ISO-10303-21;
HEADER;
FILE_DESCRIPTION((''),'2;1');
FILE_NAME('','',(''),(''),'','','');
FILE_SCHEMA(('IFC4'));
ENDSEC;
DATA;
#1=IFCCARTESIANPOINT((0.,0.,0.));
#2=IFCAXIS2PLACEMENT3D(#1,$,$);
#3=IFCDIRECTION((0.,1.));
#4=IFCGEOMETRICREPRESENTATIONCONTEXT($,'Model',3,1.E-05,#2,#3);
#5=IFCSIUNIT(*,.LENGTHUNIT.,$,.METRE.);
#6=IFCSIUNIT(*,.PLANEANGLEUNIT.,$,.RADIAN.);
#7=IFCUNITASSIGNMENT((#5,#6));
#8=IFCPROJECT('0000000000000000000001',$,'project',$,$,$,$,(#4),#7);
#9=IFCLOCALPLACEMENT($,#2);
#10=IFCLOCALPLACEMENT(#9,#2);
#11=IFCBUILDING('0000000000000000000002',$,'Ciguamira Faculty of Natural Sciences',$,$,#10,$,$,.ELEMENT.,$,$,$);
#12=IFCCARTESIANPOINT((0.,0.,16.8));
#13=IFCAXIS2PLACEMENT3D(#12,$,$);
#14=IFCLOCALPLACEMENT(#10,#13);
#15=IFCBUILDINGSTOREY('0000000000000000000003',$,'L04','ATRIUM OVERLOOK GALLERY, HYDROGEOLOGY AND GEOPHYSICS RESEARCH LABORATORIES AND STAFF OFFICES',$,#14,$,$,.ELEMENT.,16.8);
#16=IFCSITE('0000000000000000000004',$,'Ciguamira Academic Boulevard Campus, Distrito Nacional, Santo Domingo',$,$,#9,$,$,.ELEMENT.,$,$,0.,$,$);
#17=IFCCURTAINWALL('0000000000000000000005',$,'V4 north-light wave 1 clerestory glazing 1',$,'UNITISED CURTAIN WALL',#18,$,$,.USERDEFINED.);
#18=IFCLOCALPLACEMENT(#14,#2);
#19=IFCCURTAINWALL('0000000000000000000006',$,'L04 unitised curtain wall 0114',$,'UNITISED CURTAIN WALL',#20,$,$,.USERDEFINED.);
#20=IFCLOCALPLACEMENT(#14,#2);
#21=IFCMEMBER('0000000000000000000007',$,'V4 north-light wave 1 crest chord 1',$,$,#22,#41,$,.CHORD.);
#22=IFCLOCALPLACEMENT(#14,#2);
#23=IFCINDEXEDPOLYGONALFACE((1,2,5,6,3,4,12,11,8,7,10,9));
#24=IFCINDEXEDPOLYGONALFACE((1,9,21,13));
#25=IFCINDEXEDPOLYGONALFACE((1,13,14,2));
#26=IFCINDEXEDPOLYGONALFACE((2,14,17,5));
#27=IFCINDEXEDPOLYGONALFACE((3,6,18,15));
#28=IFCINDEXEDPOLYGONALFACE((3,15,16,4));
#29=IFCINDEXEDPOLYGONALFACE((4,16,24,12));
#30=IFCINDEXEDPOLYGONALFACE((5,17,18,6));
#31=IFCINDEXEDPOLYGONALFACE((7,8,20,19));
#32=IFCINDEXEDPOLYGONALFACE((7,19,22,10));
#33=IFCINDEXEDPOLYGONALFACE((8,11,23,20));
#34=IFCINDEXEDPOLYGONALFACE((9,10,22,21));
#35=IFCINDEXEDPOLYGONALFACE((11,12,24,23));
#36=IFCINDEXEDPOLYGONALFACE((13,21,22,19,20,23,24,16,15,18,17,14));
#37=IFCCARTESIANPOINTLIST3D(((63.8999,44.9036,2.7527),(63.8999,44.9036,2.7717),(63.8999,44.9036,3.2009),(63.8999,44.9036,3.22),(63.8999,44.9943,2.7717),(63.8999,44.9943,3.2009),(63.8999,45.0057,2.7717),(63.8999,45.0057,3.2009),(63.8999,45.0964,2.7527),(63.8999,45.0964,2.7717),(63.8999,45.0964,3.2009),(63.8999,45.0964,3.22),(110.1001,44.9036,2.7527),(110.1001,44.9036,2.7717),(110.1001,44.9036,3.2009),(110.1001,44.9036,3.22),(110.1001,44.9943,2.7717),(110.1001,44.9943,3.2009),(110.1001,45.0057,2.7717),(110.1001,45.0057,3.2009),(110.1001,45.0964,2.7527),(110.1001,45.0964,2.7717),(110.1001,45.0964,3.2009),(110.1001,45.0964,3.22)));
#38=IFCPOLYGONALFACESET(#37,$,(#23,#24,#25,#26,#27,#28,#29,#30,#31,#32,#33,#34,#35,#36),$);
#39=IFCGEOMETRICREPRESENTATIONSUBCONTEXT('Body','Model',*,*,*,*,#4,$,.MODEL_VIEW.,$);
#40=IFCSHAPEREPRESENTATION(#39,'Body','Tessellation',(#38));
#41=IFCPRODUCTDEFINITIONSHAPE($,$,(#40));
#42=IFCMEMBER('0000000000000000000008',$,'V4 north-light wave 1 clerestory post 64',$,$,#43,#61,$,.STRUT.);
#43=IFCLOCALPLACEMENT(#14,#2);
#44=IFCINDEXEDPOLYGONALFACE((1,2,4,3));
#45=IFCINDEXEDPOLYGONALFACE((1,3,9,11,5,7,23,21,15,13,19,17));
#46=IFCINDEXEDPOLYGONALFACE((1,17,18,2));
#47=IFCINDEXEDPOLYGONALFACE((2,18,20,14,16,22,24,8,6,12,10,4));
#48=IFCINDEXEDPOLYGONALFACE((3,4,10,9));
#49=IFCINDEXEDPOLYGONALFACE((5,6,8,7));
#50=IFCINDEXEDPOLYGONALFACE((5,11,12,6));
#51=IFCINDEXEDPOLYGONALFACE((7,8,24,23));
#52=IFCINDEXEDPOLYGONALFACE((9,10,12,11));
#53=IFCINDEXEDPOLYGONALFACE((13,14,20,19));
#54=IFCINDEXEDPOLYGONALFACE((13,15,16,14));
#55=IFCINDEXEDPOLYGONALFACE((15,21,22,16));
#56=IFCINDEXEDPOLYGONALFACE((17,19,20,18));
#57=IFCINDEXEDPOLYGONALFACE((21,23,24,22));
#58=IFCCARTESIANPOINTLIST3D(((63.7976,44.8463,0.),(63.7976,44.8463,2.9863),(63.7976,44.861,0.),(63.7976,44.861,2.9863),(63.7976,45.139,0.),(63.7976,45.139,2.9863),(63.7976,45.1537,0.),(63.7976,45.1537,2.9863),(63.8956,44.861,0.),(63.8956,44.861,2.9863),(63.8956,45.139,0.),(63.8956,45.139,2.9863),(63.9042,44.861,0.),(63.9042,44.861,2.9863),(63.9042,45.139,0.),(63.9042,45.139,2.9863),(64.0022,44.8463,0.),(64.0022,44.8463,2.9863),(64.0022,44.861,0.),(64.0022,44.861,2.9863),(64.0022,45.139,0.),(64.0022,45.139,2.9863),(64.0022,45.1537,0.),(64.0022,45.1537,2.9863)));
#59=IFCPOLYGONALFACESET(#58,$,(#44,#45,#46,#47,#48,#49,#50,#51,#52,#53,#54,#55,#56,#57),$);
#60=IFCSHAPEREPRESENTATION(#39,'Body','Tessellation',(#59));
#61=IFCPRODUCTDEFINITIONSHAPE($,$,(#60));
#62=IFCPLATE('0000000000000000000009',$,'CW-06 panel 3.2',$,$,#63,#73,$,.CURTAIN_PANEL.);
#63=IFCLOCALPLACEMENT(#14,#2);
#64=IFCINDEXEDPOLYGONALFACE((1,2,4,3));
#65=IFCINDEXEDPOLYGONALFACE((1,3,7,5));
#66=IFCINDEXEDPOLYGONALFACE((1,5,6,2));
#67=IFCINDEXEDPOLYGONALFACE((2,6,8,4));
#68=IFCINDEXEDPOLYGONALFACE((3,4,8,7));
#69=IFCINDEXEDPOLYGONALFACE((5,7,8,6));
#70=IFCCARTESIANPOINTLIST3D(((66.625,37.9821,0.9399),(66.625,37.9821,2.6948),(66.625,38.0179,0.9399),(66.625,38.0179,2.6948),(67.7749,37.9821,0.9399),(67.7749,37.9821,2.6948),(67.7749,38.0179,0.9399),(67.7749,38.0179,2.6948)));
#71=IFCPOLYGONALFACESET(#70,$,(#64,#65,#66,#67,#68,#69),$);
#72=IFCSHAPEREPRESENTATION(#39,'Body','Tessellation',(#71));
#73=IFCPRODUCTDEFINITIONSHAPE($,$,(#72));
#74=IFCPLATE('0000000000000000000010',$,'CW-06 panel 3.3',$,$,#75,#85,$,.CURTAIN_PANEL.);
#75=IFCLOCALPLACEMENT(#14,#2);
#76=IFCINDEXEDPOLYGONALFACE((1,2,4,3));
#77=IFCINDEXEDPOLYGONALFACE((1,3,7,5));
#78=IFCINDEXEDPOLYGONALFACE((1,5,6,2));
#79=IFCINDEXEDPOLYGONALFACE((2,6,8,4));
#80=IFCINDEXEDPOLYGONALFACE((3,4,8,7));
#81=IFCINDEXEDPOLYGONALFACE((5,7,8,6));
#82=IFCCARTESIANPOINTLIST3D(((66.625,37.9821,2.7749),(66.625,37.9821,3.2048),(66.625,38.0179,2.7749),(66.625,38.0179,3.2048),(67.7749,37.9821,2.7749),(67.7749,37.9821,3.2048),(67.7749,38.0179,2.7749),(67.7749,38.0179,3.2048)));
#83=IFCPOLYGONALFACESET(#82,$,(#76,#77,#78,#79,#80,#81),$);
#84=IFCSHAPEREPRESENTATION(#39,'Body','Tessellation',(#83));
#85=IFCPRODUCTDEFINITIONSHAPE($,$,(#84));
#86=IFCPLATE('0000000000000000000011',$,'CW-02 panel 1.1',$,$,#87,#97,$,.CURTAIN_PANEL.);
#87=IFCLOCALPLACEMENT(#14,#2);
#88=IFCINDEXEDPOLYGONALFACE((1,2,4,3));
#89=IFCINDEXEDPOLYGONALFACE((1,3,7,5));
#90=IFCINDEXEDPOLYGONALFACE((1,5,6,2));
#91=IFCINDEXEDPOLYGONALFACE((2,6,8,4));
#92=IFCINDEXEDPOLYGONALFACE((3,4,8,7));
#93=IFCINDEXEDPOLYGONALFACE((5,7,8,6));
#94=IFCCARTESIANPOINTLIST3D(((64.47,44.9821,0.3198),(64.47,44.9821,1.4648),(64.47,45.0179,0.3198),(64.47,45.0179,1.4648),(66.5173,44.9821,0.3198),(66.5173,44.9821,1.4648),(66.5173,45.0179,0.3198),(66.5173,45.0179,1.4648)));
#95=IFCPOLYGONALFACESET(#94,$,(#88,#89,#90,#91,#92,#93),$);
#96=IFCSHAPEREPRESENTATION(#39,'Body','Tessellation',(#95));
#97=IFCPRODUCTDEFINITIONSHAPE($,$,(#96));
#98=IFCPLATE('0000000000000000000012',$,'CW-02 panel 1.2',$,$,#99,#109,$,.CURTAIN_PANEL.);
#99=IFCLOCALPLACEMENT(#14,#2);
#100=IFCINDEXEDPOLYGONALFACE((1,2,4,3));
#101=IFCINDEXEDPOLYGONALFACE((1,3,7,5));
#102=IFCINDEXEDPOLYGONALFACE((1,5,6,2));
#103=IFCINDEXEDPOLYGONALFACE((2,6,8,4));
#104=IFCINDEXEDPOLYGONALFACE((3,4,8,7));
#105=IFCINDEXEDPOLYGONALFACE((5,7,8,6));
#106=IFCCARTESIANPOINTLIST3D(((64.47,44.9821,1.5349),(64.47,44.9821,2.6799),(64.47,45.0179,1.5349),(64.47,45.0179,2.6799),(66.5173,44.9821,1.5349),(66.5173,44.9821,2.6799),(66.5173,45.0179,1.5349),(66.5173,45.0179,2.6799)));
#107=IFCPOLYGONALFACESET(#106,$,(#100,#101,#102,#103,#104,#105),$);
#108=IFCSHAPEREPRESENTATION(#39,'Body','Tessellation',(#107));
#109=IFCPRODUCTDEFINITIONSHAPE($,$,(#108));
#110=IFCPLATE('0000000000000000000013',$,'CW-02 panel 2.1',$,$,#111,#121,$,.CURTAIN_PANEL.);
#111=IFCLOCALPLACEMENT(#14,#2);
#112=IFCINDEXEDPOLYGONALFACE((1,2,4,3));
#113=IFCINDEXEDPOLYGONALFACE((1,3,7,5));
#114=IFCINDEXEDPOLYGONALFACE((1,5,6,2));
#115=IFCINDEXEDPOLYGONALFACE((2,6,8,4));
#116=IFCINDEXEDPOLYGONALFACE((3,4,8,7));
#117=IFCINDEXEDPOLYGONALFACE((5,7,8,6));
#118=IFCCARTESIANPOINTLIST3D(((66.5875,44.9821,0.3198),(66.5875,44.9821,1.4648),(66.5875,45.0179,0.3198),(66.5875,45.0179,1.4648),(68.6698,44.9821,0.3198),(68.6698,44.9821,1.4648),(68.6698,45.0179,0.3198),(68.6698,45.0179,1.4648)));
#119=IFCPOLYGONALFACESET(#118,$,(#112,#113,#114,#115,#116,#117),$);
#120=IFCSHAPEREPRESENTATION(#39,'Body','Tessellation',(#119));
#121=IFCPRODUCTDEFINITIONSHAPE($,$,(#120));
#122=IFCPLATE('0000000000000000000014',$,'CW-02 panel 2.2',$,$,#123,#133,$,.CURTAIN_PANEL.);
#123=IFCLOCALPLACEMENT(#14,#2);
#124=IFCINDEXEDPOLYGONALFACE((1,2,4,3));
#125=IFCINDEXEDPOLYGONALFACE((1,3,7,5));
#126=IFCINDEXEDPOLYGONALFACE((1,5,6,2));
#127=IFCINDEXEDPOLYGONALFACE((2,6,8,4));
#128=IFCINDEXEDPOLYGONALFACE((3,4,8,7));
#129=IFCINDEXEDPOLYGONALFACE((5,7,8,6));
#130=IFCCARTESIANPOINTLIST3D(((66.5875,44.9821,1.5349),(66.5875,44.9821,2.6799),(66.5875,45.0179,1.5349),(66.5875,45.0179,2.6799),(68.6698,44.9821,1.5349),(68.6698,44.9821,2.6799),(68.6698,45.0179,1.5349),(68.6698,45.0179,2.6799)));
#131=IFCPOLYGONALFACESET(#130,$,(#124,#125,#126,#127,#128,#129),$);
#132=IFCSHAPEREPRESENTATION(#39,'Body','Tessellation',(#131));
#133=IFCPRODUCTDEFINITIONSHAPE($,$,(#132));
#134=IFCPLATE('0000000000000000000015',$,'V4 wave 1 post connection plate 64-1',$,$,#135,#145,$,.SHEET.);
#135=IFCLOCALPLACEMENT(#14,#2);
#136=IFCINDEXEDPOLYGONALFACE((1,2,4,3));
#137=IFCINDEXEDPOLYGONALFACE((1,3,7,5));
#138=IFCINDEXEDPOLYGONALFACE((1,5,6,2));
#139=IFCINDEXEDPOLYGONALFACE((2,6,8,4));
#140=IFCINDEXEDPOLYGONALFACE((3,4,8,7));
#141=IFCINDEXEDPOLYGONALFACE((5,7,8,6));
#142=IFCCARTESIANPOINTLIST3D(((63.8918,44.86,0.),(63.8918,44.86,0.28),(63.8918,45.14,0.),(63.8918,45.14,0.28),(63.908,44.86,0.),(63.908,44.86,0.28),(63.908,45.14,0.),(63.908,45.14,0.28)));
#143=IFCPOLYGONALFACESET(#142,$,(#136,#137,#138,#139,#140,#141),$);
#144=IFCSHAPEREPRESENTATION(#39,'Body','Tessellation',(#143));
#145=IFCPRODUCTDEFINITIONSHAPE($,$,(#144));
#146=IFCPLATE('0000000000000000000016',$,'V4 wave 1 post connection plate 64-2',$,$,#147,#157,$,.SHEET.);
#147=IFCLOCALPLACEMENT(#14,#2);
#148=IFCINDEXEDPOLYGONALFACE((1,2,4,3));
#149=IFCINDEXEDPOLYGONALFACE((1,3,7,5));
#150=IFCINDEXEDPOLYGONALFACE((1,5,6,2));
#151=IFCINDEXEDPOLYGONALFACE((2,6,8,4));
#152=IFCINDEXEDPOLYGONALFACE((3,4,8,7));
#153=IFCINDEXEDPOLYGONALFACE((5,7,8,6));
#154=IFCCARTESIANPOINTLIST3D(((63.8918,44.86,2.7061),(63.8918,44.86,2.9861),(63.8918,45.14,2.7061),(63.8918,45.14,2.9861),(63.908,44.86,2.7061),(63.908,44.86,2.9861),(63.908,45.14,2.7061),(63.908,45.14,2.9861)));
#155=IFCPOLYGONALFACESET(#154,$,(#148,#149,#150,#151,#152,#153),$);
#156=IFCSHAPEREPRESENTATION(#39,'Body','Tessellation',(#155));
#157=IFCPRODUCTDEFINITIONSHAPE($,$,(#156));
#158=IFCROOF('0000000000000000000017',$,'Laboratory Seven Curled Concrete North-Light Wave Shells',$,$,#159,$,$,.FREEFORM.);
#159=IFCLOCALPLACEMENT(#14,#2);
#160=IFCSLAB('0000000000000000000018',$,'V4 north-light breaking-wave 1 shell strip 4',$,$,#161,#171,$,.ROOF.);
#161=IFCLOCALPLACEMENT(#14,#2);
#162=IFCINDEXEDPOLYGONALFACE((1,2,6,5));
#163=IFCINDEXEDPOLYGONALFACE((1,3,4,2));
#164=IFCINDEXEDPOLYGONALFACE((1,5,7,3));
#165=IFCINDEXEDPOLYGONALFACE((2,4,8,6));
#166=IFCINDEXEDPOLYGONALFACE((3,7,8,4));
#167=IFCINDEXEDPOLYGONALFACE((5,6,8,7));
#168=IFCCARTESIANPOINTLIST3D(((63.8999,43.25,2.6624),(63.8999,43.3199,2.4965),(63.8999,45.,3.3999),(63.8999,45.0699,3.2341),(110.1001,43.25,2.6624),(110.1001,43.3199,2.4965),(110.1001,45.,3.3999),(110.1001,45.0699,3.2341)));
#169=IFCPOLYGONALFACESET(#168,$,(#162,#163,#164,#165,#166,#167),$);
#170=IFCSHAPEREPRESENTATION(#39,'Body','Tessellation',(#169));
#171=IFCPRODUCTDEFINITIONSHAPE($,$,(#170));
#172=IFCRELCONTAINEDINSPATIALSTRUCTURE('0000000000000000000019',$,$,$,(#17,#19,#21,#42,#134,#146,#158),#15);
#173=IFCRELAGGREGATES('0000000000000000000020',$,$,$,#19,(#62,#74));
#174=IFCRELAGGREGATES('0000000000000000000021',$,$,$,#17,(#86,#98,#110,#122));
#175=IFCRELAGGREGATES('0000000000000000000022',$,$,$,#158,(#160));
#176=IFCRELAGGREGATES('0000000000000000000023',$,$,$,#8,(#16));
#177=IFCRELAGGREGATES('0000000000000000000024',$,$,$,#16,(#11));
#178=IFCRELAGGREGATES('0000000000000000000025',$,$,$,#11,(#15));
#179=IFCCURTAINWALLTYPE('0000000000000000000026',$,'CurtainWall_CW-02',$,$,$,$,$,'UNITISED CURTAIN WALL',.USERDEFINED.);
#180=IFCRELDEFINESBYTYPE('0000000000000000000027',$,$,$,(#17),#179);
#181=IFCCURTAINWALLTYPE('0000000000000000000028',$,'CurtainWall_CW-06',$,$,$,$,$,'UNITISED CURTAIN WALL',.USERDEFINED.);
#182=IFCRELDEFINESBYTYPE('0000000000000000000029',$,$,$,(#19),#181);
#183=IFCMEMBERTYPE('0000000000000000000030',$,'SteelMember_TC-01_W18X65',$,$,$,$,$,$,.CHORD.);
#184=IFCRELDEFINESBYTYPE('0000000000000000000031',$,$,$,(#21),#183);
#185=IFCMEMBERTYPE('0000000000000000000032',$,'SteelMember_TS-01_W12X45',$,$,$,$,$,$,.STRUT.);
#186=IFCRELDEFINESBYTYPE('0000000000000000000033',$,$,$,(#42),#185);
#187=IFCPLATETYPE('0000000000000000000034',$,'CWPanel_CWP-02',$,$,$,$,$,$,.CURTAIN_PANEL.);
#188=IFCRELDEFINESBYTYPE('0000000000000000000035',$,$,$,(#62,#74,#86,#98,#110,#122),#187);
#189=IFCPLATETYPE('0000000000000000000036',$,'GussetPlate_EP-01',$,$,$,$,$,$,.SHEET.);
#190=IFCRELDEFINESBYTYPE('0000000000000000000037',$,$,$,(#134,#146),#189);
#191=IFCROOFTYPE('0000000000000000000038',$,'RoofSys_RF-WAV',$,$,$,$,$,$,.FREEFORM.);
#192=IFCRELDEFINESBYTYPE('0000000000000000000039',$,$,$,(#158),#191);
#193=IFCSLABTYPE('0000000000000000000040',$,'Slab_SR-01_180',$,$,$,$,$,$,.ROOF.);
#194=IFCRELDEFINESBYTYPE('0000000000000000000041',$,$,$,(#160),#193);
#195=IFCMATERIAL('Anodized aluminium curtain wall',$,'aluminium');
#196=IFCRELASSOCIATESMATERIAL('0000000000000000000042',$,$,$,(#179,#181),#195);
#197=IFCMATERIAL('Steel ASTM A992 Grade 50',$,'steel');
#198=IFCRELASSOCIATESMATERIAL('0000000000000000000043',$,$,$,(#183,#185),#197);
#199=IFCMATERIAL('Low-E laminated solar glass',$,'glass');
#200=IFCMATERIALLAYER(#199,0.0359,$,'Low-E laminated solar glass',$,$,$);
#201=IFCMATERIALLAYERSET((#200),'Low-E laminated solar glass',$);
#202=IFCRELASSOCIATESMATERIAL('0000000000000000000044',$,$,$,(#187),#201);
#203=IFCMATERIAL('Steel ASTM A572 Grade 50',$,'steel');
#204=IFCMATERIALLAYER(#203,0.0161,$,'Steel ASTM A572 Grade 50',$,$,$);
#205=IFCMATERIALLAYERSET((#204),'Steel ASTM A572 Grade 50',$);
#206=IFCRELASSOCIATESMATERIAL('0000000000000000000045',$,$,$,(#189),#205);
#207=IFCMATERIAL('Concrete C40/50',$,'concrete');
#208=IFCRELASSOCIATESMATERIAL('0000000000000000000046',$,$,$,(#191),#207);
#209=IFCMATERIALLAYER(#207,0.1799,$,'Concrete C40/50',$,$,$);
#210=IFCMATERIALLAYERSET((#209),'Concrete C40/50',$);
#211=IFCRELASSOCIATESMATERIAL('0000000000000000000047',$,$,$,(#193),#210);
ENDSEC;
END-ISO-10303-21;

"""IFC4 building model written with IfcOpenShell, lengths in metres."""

from ifc_helpers import new_model, si_unit, direction, frame, origin, origin_2d, place, context, subcontext, project, spatial, polyline, rectangle, i_section, outline, extrude, material, layer, layer_set, material_profile, profile_set, type_object, element, aggregate, save


model = new_model("IFC4")

# Units and contexts
model_context = context("Model", 3, precision=1e-05, world=origin(), true_north=direction((0.0, 1.0)))
body_context = subcontext(model_context, "Body", "Model", "MODEL_VIEW")
ifc_project = project(units=[si_unit("LENGTHUNIT", "METRE"), si_unit("PLANEANGLEUNIT", "RADIAN")], contexts=[model_context])

# Site, building, storey
site_placement = place(None, origin())
site = spatial("IfcSite", under=ifc_project, at=site_placement, Name="Ciguamira Academic Boulevard Campus, Distrito Nacional, Santo Domingo", CompositionType="ELEMENT", RefElevation=0.0)
building_placement = place(site_placement, origin())
building = spatial("IfcBuilding", under=site, at=building_placement, Name="Ciguamira Faculty of Natural Sciences", CompositionType="ELEMENT")
storey_placement = place(building_placement, frame((0.0, 0.0, 16.8)))
storey = spatial("IfcBuildingStorey", under=building, at=storey_placement, Name="L04", Description="ATRIUM OVERLOOK GALLERY, HYDROGEOLOGY AND GEOPHYSICS RESEARCH LABORATORIES AND STAFF OFFICES", CompositionType="ELEMENT", Elevation=16.8)

# Curtain wall
ifc_material_1 = material(Name="Anodized aluminium curtain wall", Category="aluminium")
curtain_wall_type_1 = type_object("IfcCurtainWallType", Name="CurtainWall_CW-02", ElementType="UNITISED CURTAIN WALL", PredefinedType="USERDEFINED", material=ifc_material_1)
curtain_wall_1_placement = place(storey_placement, origin())
curtain_wall_1 = element("IfcCurtainWall", 1, at=curtain_wall_1_placement, inside=storey, type_object=curtain_wall_type_1, Name="V4 north-light wave 1 clerestory glazing 1", ObjectType="UNITISED CURTAIN WALL", PredefinedType="USERDEFINED")

# Curtain wall
curtain_wall_type_2 = type_object("IfcCurtainWallType", Name="CurtainWall_CW-06", ElementType="UNITISED CURTAIN WALL", PredefinedType="USERDEFINED", material=ifc_material_1)
curtain_wall_2_placement = place(storey_placement, origin())
curtain_wall_2 = element("IfcCurtainWall", 2, at=curtain_wall_2_placement, inside=storey, type_object=curtain_wall_type_2, Name="L04 unitised curtain wall 0114", ObjectType="UNITISED CURTAIN WALL", PredefinedType="USERDEFINED")

# Shared definitions
ifc_material_2 = material(Name="Concrete C40/50", Category="concrete")

# Members
ifc_material_3 = material(Name="Steel ASTM A992 Grade 50", Category="steel")
ifc_material_profile_1 = material_profile(ifc_material_3, i_section(OverallWidth=0.1929, OverallDepth=0.4673, WebThickness=0.0115, FlangeThickness=0.019, at=origin_2d()), Name="W18X65")
ifc_profile_set_1 = profile_set([ifc_material_profile_1], Name="Steel ASTM A992 Grade 50")
member_type_1 = type_object("IfcMemberType", Name="SteelMember_TC-01_W18X65", PredefinedType="CHORD", material=ifc_profile_set_1)
member_1_placement = place(storey_placement, frame((63.8999, 45.0, 2.9863), z_axis=(1.0, 0.0, 0.0), x_axis=(0.0, 1.0, 0.0)))
element("IfcMember", 3, at=member_1_placement, inside=storey, type_object=member_type_1, Name="V4 north-light wave 1 crest chord 1", PredefinedType="CHORD", context=body_context, shape_type="SweptSolid", body=[
    extrude(i_section(OverallWidth=0.1929, OverallDepth=0.4673, WebThickness=0.0115, FlangeThickness=0.019, at=origin_2d()), origin(), (0.0, 0.0, 1.0), 46.2002),
])
ifc_material_profile_2 = material_profile(ifc_material_3, i_section(OverallWidth=0.2046, OverallDepth=0.3074, WebThickness=0.0085, FlangeThickness=0.0146, at=origin_2d()), Name="W12X45")
ifc_profile_set_2 = profile_set([ifc_material_profile_2], Name="Steel ASTM A992 Grade 50")
member_type_2 = type_object("IfcMemberType", Name="SteelMember_TS-01_W12X45", PredefinedType="STRUT", material=ifc_profile_set_2)
member_2_placement = place(storey_placement, frame((63.8999, 45.0, 0.0), z_axis=(0.0, 0.0, 1.0), x_axis=(1.0, 0.0, 0.0)))
element("IfcMember", 4, at=member_2_placement, inside=storey, type_object=member_type_2, Name="V4 north-light wave 1 clerestory post 64", PredefinedType="STRUT", context=body_context, shape_type="SweptSolid", body=[
    extrude(i_section(OverallWidth=0.2046, OverallDepth=0.3074, WebThickness=0.0085, FlangeThickness=0.0146, at=origin_2d()), origin(), (0.0, 0.0, 1.0), 2.9863),
])

# Plates
ifc_material_4 = material(Name="Low-E laminated solar glass", Category="glass")
ifc_layer_1 = layer(ifc_material_4, 0.0359, Name="Low-E laminated solar glass")
ifc_layer_set_1 = layer_set([ifc_layer_1], Name="Low-E laminated solar glass")
plate_type_1 = type_object("IfcPlateType", Name="CWPanel_CWP-02", PredefinedType="CURTAIN_PANEL", material=ifc_layer_set_1)
plate_1_placement = place(storey_placement, frame((67.2, 38.0, 0.9399), z_axis=(0.0, 0.0, 1.0), x_axis=(1.0, 0.0, 0.0)))
plate_1 = element("IfcPlate", 5, at=plate_1_placement, type_object=plate_type_1, Name="CW-06 panel 3.2", PredefinedType="CURTAIN_PANEL", context=body_context, shape_type="SweptSolid", body=[
    extrude(rectangle(XDim=1.1499, YDim=0.0359, at=origin_2d()), origin(), (0.0, 0.0, 1.0), 1.7549),
])
plate_2_placement = place(storey_placement, frame((67.2, 38.0, 2.7749), z_axis=(0.0, 0.0, 1.0), x_axis=(1.0, 0.0, 0.0)))
plate_2 = element("IfcPlate", 6, at=plate_2_placement, type_object=plate_type_1, Name="CW-06 panel 3.3", PredefinedType="CURTAIN_PANEL", context=body_context, shape_type="SweptSolid", body=[
    extrude(rectangle(XDim=1.1499, YDim=0.0359, at=origin_2d()), origin(), (0.0, 0.0, 1.0), 0.4299),
])
aggregate(curtain_wall_2, [plate_1, plate_2])
plate_3_placement = place(storey_placement, frame((65.4937, 45.0, 0.3198), z_axis=(0.0, 0.0, 1.0), x_axis=(1.0, 0.0, 0.0)))
plate_3 = element("IfcPlate", 7, at=plate_3_placement, type_object=plate_type_1, Name="CW-02 panel 1.1", PredefinedType="CURTAIN_PANEL", context=body_context, shape_type="SweptSolid", body=[
    extrude(rectangle(XDim=2.0474, YDim=0.0359, at=origin_2d()), origin(), (0.0, 0.0, 1.0), 1.145),
])
plate_4_placement = place(storey_placement, frame((65.4937, 45.0, 1.5349), z_axis=(0.0, 0.0, 1.0), x_axis=(1.0, 0.0, 0.0)))
plate_4 = element("IfcPlate", 8, at=plate_4_placement, type_object=plate_type_1, Name="CW-02 panel 1.2", PredefinedType="CURTAIN_PANEL", context=body_context, shape_type="SweptSolid", body=[
    extrude(rectangle(XDim=2.0474, YDim=0.0359, at=origin_2d()), origin(), (0.0, 0.0, 1.0), 1.145),
])
plate_5_placement = place(storey_placement, frame((67.6287, 45.0, 0.3198), z_axis=(0.0, 0.0, 1.0), x_axis=(1.0, 0.0, 0.0)))
plate_5 = element("IfcPlate", 9, at=plate_5_placement, type_object=plate_type_1, Name="CW-02 panel 2.1", PredefinedType="CURTAIN_PANEL", context=body_context, shape_type="SweptSolid", body=[
    extrude(rectangle(XDim=2.0823, YDim=0.0359, at=origin_2d()), origin(), (0.0, 0.0, 1.0), 1.145),
])
plate_6_placement = place(storey_placement, frame((67.6287, 45.0, 1.5349), z_axis=(0.0, 0.0, 1.0), x_axis=(1.0, 0.0, 0.0)))
plate_6 = element("IfcPlate", 10, at=plate_6_placement, type_object=plate_type_1, Name="CW-02 panel 2.2", PredefinedType="CURTAIN_PANEL", context=body_context, shape_type="SweptSolid", body=[
    extrude(rectangle(XDim=2.0823, YDim=0.0359, at=origin_2d()), origin(), (0.0, 0.0, 1.0), 1.145),
])
aggregate(curtain_wall_1, [plate_3, plate_4, plate_5, plate_6])

# Plates
ifc_material_5 = material(Name="Steel ASTM A572 Grade 50", Category="steel")
ifc_layer_2 = layer(ifc_material_5, 0.0161, Name="Steel ASTM A572 Grade 50")
ifc_layer_set_2 = layer_set([ifc_layer_2], Name="Steel ASTM A572 Grade 50")
plate_type_2 = type_object("IfcPlateType", Name="GussetPlate_EP-01", PredefinedType="SHEET", material=ifc_layer_set_2)
for number, where, z_axis, x_axis, name in (
    (11, (63.8999, 45.0, 0.0), (0.0, 0.0, 1.0), (1.0, 0.0, 0.0), "V4 wave 1 post connection plate 64-1"),
    (12, (63.8999, 45.0, 2.7061), (0.0, 0.0, 1.0), (1.0, 0.0, 0.0), "V4 wave 1 post connection plate 64-2"),
):
    element("IfcPlate", number, at=place(storey_placement, frame(where, z_axis=z_axis, x_axis=x_axis)), inside=storey, type_object=plate_type_2, Name=name, PredefinedType="SHEET", context=body_context, shape_type="SweptSolid", body=[
        extrude(rectangle(XDim=0.0161, YDim=0.28, at=origin_2d()), origin(), (0.0, 0.0, 1.0), 0.28),
    ])

# Roof, slab
roof_type = type_object("IfcRoofType", Name="RoofSys_RF-WAV", PredefinedType="FREEFORM", material=ifc_material_2)
roof_placement = place(storey_placement, origin())
roof = element("IfcRoof", 13, at=roof_placement, inside=storey, type_object=roof_type, Name="Laboratory Seven Curled Concrete North-Light Wave Shells", PredefinedType="FREEFORM")
ifc_layer_3 = layer(ifc_material_2, 0.1799, Name="Concrete C40/50")
ifc_layer_set_3 = layer_set([ifc_layer_3], Name="Concrete C40/50")
slab_type = type_object("IfcSlabType", Name="Slab_SR-01_180", PredefinedType="ROOF", material=ifc_layer_set_3)
slab_placement = place(storey_placement, frame((63.8999, 43.25, 2.6624), z_axis=(0.0, -0.388373, 0.921502), x_axis=(1.0, 0.0, 0.0)))
slab = element("IfcSlab", 14, at=slab_placement, type_object=slab_type, Name="V4 north-light breaking-wave 1 shell strip 4", PredefinedType="ROOF", context=body_context, shape_type="SweptSolid", body=[
    extrude(outline(polyline([(0.0, 0.0), (46.2002, 0.0), (46.2002, 1.8991), (0.0, 1.8991), (0.0, 0.0)])), origin(), (0.0, 0.0, -1.0), 0.1799),
])
aggregate(roof, [slab])

save(model, "model.ifc")
